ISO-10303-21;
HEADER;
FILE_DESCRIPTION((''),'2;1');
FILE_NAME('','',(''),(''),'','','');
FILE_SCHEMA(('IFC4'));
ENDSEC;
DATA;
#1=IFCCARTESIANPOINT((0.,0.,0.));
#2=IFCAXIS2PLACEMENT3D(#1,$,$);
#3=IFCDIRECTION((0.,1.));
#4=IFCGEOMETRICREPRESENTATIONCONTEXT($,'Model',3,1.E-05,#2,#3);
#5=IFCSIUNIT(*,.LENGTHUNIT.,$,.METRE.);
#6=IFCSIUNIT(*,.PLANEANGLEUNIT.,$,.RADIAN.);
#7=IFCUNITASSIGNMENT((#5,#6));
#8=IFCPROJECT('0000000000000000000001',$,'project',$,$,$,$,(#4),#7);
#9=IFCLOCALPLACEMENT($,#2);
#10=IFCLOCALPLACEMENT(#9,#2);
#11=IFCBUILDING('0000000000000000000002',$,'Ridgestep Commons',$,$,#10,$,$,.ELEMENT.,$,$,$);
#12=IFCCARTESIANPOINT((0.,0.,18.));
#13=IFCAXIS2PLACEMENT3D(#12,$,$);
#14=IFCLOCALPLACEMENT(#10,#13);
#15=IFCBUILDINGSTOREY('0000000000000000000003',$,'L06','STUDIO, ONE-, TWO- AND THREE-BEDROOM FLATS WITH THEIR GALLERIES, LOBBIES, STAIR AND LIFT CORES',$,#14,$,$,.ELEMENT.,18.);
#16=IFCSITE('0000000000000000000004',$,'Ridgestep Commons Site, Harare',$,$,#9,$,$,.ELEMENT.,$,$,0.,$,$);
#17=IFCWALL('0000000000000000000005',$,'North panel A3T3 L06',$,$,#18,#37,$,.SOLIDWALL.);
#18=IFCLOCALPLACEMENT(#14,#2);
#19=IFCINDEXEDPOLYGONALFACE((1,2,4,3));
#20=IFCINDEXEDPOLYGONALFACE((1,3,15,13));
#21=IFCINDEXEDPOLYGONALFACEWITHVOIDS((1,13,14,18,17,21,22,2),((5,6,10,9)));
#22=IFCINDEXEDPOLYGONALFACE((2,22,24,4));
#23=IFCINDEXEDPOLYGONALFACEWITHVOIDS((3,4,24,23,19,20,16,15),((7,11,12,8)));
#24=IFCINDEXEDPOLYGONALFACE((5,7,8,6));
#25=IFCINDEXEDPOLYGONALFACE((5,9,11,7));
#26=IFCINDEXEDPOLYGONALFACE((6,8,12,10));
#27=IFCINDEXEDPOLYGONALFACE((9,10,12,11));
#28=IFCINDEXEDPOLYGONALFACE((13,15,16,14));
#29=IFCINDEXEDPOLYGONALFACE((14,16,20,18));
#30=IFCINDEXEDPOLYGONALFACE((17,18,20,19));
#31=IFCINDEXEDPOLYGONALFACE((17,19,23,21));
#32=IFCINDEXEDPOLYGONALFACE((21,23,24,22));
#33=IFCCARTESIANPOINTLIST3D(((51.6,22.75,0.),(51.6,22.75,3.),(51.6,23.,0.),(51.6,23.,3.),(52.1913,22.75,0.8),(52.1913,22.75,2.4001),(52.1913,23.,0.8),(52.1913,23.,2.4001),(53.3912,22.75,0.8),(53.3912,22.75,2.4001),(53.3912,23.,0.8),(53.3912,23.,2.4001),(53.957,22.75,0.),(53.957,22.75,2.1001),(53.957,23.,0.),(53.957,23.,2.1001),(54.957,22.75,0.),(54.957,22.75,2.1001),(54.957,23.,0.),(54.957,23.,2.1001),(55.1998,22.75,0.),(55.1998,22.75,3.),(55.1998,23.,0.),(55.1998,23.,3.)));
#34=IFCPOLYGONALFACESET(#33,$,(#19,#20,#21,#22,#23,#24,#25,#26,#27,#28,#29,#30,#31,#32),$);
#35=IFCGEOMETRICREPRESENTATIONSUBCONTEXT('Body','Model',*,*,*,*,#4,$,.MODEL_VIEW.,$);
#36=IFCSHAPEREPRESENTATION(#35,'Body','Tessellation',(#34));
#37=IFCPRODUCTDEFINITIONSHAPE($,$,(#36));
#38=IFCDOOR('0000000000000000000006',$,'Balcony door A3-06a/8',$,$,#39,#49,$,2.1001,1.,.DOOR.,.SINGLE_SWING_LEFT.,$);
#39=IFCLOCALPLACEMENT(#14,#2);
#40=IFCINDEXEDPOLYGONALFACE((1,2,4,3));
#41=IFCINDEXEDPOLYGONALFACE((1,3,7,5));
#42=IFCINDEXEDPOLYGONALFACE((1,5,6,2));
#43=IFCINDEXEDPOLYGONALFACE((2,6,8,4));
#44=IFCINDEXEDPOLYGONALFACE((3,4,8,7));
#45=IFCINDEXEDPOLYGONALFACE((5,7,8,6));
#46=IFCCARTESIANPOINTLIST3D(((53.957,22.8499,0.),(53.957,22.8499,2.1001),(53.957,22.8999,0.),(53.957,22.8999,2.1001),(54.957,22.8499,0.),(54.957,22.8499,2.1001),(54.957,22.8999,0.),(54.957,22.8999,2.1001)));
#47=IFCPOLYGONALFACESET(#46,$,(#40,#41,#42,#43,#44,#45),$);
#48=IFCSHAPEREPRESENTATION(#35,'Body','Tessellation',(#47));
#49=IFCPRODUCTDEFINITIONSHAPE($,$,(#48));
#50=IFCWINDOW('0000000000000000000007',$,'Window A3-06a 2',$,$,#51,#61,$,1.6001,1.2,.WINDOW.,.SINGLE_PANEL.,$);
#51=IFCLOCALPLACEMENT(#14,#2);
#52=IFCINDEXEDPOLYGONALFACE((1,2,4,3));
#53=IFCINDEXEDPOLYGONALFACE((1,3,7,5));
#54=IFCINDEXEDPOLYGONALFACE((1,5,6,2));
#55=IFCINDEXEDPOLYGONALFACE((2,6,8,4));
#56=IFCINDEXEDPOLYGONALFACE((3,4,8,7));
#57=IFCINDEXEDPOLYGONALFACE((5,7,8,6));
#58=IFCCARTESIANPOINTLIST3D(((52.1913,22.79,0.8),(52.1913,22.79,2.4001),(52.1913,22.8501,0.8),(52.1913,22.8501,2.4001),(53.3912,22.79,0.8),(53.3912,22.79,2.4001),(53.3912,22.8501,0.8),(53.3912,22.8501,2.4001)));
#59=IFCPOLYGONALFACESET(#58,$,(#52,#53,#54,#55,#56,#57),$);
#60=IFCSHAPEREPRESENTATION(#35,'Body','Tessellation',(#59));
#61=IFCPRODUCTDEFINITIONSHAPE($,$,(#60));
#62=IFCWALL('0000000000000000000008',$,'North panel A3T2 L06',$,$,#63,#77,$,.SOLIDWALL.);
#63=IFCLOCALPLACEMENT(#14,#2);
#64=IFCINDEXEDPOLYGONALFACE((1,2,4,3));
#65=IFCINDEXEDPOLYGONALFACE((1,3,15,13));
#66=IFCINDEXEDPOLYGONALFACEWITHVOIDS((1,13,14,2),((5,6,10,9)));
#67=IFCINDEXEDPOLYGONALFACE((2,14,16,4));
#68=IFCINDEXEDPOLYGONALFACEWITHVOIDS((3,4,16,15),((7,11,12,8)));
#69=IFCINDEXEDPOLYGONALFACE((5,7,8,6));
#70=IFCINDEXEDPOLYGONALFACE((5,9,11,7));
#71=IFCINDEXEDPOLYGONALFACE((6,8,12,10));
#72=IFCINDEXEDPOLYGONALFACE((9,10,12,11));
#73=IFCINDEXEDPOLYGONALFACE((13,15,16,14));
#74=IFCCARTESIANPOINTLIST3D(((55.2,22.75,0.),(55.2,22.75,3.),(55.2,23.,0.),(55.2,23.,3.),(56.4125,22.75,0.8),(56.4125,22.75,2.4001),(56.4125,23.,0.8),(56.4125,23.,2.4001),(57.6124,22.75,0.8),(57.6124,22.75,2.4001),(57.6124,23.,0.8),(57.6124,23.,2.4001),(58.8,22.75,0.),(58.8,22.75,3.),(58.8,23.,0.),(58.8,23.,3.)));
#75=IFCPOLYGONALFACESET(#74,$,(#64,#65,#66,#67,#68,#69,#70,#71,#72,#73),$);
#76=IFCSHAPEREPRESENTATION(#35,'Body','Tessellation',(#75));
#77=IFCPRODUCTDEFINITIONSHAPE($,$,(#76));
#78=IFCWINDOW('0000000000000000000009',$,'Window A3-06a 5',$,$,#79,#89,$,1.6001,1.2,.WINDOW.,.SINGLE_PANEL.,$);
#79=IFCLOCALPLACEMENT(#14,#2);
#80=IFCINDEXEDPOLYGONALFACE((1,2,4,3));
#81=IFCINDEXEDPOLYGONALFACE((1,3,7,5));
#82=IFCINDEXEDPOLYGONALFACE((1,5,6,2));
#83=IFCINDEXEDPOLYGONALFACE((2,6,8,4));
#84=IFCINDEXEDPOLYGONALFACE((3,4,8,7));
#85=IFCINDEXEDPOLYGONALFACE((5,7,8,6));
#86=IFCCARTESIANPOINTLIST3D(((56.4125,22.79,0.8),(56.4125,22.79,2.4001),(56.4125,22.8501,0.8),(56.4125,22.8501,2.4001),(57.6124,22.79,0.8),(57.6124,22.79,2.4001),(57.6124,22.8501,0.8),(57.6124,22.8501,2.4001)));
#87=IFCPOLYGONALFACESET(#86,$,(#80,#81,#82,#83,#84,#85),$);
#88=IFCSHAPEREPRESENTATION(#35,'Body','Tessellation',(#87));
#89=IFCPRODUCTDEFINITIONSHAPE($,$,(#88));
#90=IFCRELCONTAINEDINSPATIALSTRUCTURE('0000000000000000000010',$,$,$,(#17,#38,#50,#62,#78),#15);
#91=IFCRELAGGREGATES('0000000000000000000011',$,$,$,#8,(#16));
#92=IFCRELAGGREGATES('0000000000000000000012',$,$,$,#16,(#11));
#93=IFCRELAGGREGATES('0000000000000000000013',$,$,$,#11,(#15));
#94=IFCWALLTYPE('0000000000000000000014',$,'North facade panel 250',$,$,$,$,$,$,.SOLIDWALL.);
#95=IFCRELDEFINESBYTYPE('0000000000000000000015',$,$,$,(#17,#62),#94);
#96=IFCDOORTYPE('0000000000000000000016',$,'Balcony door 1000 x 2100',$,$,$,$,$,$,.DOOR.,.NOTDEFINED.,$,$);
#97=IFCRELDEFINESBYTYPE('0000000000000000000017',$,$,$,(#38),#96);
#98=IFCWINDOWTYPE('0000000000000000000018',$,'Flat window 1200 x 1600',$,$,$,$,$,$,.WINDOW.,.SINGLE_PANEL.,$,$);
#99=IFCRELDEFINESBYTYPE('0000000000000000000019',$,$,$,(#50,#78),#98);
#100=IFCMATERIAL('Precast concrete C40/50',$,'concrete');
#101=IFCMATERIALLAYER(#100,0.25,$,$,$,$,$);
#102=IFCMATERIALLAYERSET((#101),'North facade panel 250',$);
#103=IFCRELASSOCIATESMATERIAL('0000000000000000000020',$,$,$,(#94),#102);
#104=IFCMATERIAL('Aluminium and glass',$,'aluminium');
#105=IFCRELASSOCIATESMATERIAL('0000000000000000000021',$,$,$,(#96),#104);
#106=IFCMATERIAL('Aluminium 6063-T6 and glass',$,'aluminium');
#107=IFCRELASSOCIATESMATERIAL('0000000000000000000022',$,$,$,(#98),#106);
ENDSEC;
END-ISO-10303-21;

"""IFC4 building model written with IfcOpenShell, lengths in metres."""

from ifc_helpers import new_model, si_unit, direction, frame, frame_2d, origin, place, context, subcontext, project, spatial, rectangle, extrude, material, layer, layer_set, type_object, element, fill, save


model = new_model("IFC4")

# Units and contexts
model_context = context("Model", 3, precision=1e-05, world=origin(), true_north=direction((0.0, 1.0)))
body_context = subcontext(model_context, "Body", "Model", "MODEL_VIEW")
ifc_project = project(units=[si_unit("LENGTHUNIT", "METRE"), si_unit("PLANEANGLEUNIT", "RADIAN")], contexts=[model_context])

# Site, building, storey
site_placement = place(None, origin())
site = spatial("IfcSite", under=ifc_project, at=site_placement, Name="Ridgestep Commons Site, Harare", CompositionType="ELEMENT", RefElevation=0.0)
building_placement = place(site_placement, origin())
building = spatial("IfcBuilding", under=site, at=building_placement, Name="Ridgestep Commons", CompositionType="ELEMENT")
storey_placement = place(building_placement, frame((0.0, 0.0, 18.0)))
storey = spatial("IfcBuildingStorey", under=building, at=storey_placement, Name="L06", Description="STUDIO, ONE-, TWO- AND THREE-BEDROOM FLATS WITH THEIR GALLERIES, LOBBIES, STAIR AND LIFT CORES", CompositionType="ELEMENT", Elevation=18.0)

# Shared definitions
ifc_material_1 = material(Name="Precast concrete C40/50", Category="concrete")
ifc_layer_1 = layer(ifc_material_1, 0.25)
ifc_layer_set_1 = layer_set([ifc_layer_1], Name="North facade panel 250")
wall_type = type_object("IfcWallType", Name="North facade panel 250", PredefinedType="SOLIDWALL", material=ifc_layer_set_1)

# Wall, openings, door, window
wall_1_placement = place(storey_placement, frame((51.6001, 22.875, 0.0), z_axis=(0.0, 0.0, 1.0), x_axis=(1.0, 0.0, 0.0)))
wall_1 = element("IfcWall", 1, at=wall_1_placement, inside=storey, type_object=wall_type, Name="North panel A3T3 L06", PredefinedType="SOLIDWALL", context=body_context, shape_type="SweptSolid", body=[
    extrude(rectangle(XDim=3.5999, YDim=0.25, at=frame_2d((1.7998, 0.0))), origin(), (0.0, 0.0, 1.0), 3.0),
])
opening_1_placement = place(wall_1_placement, frame((0.5911, 0.0, 0.8)))
opening_1 = element("IfcOpeningElement", 2, at=opening_1_placement, cuts=wall_1, PredefinedType="OPENING", context=body_context, shape_type="SweptSolid", body=[
    extrude(rectangle(XDim=1.2, YDim=1.6001, at=frame_2d((0.6001, 0.8))), frame((0.0, 0.135, 0.0), z_axis=(0.0, -1.0, 0.0), x_axis=(1.0, 0.0, 0.0)), (0.0, 0.0, 1.0), 0.27),
])
opening_2_placement = place(wall_1_placement, frame((2.3569, 0.0, 0.0)))
opening_2 = element("IfcOpeningElement", 3, at=opening_2_placement, cuts=wall_1, PredefinedType="OPENING", context=body_context, shape_type="SweptSolid", body=[
    extrude(rectangle(XDim=1.0, YDim=2.1001, at=frame_2d((0.5, 1.05))), frame((0.0, 0.135, 0.0), z_axis=(0.0, -1.0, 0.0), x_axis=(1.0, 0.0, 0.0)), (0.0, 0.0, 1.0), 0.27),
])
ifc_material_2 = material(Name="Aluminium and glass", Category="aluminium")
door_type = type_object("IfcDoorType", Name="Balcony door 1000 x 2100", OperationType="NOTDEFINED", PredefinedType="DOOR", material=ifc_material_2)
door_placement = place(opening_2_placement, origin())
door = element("IfcDoor", 4, at=door_placement, inside=storey, type_object=door_type, Name="Balcony door A3-06a/8", OperationType="SINGLE_SWING_LEFT", OverallHeight=2.1001, OverallWidth=1.0, PredefinedType="DOOR", context=body_context, shape_type="SweptSolid", body=[
    extrude(rectangle(XDim=1.0, YDim=2.1001, at=frame_2d((0.5, 1.05))), frame((0.0, 0.0249, 0.0), z_axis=(0.0, -1.0, 0.0), x_axis=(1.0, 0.0, 0.0)), (0.0, 0.0, 1.0), 0.05),
])
fill(opening_2, door)
ifc_material_3 = material(Name="Aluminium 6063-T6 and glass", Category="aluminium")
window_type = type_object("IfcWindowType", Name="Flat window 1200 x 1600", PartitioningType="SINGLE_PANEL", PredefinedType="WINDOW", material=ifc_material_3)
window_1_placement = place(opening_1_placement, origin())
window_1 = element("IfcWindow", 5, at=window_1_placement, inside=storey, type_object=window_type, Name="Window A3-06a 2", OverallHeight=1.6001, OverallWidth=1.2, PartitioningType="SINGLE_PANEL", PredefinedType="WINDOW", context=body_context, shape_type="SweptSolid", body=[
    extrude(rectangle(XDim=1.2, YDim=1.6001, at=frame_2d((0.6001, 0.8))), frame((0.0, -0.0249, 0.0), z_axis=(0.0, -1.0, 0.0), x_axis=(1.0, 0.0, 0.0)), (0.0, 0.0, 1.0), 0.0601),
])
fill(opening_1, window_1)

# Wall, opening, window
wall_2_placement = place(storey_placement, frame((55.2, 22.875, 0.0), z_axis=(0.0, 0.0, 1.0), x_axis=(1.0, 0.0, 0.0)))
wall_2 = element("IfcWall", 6, at=wall_2_placement, inside=storey, type_object=wall_type, Name="North panel A3T2 L06", PredefinedType="SOLIDWALL", context=body_context, shape_type="SweptSolid", body=[
    extrude(rectangle(XDim=3.6001, YDim=0.25, at=frame_2d((1.8, 0.0))), origin(), (0.0, 0.0, 1.0), 3.0),
])
opening_3_placement = place(wall_2_placement, frame((1.2124, 0.0, 0.8)))
opening_3 = element("IfcOpeningElement", 7, at=opening_3_placement, cuts=wall_2, PredefinedType="OPENING", context=body_context, shape_type="SweptSolid", body=[
    extrude(rectangle(XDim=1.2, YDim=1.6001, at=frame_2d((0.6001, 0.8))), frame((0.0, 0.135, 0.0), z_axis=(0.0, -1.0, 0.0), x_axis=(1.0, 0.0, 0.0)), (0.0, 0.0, 1.0), 0.27),
])
window_2_placement = place(opening_3_placement, origin())
window_2 = element("IfcWindow", 8, at=window_2_placement, inside=storey, type_object=window_type, Name="Window A3-06a 5", OverallHeight=1.6001, OverallWidth=1.2, PartitioningType="SINGLE_PANEL", PredefinedType="WINDOW", context=body_context, shape_type="SweptSolid", body=[
    extrude(rectangle(XDim=1.2, YDim=1.6001, at=frame_2d((0.6001, 0.8))), frame((0.0, -0.0249, 0.0), z_axis=(0.0, -1.0, 0.0), x_axis=(1.0, 0.0, 0.0)), (0.0, 0.0, 1.0), 0.0601),
])
fill(opening_3, window_2)

save(model, "model.ifc")
